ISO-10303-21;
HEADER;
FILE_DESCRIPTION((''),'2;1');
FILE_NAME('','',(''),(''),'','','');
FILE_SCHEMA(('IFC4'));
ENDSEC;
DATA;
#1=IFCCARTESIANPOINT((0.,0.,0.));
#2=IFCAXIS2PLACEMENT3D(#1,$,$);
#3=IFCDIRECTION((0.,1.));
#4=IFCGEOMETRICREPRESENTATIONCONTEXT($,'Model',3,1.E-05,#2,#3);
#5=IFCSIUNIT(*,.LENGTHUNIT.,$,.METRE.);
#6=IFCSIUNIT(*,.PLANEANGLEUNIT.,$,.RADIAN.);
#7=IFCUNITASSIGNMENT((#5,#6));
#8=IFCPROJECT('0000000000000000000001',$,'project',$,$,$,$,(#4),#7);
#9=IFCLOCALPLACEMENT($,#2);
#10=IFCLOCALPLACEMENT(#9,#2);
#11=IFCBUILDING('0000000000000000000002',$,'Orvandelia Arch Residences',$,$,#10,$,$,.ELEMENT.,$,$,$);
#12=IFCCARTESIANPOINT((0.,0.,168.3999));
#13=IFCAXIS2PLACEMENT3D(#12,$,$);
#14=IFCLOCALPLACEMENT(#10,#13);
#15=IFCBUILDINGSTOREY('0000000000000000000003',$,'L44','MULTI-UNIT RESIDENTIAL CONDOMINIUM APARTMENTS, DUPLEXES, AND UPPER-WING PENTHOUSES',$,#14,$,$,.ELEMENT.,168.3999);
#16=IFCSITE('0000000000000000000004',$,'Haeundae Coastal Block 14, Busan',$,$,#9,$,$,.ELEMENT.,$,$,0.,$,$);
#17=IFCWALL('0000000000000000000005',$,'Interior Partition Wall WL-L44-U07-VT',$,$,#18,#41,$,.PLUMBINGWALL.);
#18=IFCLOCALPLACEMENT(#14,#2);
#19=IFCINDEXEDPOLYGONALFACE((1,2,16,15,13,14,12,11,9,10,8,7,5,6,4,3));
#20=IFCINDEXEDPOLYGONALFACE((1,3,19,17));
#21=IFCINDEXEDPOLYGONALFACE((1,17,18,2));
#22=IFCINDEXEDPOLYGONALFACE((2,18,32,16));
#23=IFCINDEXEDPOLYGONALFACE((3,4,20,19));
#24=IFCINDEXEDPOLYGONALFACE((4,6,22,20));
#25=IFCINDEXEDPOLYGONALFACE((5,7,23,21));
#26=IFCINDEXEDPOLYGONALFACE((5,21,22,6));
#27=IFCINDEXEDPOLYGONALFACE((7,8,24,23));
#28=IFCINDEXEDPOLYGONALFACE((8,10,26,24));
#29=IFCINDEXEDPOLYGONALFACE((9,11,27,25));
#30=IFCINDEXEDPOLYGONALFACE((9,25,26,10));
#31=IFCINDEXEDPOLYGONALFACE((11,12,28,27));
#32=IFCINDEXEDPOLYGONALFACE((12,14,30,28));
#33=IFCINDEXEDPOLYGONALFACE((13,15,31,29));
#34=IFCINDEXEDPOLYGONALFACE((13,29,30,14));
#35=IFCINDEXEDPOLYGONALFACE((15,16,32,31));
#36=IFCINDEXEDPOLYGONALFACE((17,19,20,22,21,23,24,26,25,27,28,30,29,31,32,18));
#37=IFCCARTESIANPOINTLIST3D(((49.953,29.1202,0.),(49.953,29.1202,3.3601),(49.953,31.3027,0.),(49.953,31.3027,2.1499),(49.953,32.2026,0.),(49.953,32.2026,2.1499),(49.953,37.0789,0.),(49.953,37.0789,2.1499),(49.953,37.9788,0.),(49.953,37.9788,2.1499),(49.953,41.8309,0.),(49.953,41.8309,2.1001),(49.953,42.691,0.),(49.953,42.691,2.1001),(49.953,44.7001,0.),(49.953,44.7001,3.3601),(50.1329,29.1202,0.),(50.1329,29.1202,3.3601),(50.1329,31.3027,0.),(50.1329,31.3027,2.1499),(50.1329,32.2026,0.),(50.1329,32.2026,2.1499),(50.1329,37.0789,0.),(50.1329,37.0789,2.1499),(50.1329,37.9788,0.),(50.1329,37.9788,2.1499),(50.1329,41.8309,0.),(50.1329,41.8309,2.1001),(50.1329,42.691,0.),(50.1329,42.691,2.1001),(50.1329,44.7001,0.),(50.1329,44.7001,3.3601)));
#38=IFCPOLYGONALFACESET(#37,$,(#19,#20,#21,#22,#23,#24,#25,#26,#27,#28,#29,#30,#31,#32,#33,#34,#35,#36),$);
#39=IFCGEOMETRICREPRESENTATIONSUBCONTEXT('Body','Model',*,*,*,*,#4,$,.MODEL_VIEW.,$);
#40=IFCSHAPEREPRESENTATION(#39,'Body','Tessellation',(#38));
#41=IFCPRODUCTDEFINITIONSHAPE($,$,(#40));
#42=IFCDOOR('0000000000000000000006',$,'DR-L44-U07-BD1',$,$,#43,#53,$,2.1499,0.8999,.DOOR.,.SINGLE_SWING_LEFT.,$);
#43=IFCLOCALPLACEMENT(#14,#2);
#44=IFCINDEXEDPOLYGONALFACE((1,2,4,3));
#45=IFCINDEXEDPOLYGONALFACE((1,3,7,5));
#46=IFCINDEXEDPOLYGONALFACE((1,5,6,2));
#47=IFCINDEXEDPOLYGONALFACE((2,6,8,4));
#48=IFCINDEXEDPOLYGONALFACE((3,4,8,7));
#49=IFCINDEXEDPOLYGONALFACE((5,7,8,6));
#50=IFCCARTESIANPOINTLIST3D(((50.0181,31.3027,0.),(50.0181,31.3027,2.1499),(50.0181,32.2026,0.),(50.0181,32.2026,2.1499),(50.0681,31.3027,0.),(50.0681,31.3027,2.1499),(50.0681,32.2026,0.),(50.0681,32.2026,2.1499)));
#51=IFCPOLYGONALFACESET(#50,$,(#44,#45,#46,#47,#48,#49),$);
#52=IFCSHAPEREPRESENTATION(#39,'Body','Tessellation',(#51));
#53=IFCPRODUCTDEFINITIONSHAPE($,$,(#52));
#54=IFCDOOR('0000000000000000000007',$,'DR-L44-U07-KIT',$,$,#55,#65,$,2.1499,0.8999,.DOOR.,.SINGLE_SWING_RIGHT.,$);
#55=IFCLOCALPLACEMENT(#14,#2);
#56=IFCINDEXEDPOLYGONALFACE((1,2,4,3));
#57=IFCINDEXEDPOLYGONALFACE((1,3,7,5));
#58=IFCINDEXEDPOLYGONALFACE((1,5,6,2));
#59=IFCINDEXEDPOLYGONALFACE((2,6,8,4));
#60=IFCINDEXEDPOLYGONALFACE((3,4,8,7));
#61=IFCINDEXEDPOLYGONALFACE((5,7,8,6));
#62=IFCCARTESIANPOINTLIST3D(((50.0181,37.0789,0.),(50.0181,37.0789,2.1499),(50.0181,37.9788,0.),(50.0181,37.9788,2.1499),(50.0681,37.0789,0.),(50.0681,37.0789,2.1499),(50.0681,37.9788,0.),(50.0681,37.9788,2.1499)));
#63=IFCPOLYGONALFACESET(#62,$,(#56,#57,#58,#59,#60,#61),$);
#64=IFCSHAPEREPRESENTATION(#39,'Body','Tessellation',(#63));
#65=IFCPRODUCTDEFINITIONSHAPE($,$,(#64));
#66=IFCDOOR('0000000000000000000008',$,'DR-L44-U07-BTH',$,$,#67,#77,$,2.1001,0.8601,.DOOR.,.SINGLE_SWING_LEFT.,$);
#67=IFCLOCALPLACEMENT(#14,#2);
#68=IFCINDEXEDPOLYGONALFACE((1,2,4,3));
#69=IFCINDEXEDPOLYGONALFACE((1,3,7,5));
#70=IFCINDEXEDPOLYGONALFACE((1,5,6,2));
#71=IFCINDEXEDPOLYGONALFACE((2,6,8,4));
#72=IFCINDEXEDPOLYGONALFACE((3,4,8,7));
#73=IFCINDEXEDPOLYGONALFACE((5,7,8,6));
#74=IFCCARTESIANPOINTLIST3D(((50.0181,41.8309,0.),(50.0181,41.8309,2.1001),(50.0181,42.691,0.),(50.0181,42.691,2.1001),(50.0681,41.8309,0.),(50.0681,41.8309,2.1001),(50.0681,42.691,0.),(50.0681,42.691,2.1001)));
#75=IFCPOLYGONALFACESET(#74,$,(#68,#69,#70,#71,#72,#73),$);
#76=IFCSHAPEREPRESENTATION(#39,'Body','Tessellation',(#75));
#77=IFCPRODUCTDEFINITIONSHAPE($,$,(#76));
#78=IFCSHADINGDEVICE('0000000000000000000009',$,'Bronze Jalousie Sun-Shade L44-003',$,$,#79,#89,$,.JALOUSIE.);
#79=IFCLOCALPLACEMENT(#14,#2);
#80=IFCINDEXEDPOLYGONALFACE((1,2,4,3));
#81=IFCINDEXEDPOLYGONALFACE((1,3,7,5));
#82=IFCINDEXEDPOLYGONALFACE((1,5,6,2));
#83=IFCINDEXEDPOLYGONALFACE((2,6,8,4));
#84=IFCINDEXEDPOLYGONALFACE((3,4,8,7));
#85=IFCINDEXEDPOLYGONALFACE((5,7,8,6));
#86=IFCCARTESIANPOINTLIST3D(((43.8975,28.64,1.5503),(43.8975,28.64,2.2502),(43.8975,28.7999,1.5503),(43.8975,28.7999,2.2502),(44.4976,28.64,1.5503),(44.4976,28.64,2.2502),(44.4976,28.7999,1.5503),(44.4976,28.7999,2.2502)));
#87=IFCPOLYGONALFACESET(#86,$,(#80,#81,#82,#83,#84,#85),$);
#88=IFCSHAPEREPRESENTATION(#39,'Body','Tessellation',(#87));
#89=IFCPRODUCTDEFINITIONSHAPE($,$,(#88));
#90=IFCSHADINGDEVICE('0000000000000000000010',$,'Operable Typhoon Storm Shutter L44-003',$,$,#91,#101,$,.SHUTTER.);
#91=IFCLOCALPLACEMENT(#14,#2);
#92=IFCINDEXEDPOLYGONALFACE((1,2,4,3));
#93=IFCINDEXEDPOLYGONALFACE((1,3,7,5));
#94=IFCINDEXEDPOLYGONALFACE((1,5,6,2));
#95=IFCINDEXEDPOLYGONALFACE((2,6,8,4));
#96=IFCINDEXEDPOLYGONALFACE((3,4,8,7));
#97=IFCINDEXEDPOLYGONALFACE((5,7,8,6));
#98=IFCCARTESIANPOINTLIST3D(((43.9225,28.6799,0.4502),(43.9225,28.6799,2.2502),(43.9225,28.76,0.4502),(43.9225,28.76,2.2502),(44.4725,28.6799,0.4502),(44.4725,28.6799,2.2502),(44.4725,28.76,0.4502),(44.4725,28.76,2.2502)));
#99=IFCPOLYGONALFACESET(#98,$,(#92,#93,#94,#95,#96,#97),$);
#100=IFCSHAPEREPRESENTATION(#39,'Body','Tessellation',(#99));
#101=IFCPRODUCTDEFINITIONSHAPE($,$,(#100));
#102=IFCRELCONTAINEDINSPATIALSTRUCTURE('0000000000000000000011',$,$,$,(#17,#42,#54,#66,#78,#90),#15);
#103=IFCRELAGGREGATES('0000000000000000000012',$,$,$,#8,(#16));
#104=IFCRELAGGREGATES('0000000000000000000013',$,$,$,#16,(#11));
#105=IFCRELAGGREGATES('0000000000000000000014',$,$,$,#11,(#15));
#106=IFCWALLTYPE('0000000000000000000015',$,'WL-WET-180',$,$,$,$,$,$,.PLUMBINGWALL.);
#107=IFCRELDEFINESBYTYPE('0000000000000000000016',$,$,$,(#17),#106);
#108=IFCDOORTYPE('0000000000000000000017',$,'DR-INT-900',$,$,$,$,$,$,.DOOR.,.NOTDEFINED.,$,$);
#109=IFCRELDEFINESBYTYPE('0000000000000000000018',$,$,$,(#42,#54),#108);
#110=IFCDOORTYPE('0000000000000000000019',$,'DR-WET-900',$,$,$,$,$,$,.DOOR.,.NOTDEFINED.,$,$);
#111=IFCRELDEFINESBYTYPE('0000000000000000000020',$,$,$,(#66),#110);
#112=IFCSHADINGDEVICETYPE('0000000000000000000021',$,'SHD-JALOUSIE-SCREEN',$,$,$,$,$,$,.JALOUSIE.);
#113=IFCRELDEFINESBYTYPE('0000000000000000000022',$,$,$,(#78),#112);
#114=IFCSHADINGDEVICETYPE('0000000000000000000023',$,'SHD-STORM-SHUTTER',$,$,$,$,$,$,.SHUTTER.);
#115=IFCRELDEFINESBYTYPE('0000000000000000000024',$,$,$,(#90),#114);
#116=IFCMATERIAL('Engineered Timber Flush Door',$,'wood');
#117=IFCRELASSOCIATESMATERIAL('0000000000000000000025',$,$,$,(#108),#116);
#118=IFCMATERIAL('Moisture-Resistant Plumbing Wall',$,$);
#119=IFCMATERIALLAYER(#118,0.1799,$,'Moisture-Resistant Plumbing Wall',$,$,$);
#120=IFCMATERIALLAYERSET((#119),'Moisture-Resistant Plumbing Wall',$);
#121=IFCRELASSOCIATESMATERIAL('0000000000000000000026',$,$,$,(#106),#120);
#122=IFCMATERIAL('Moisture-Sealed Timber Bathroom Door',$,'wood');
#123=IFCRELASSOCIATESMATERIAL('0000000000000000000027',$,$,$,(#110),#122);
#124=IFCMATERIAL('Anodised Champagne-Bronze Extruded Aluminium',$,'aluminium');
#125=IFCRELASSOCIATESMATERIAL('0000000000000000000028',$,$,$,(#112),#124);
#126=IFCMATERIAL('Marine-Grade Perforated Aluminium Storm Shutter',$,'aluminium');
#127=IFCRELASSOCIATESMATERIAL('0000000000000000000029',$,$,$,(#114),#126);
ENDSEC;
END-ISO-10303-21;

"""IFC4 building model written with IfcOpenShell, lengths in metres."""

from ifc_helpers import new_model, si_unit, direction, frame, frame_2d, origin, origin_2d, place, context, subcontext, project, spatial, rectangle, extrude, material, layer, layer_set, type_object, element, fill, save


model = new_model("IFC4")

# Units and contexts
model_context = context("Model", 3, precision=1e-05, world=origin(), true_north=direction((0.0, 1.0)))
body_context = subcontext(model_context, "Body", "Model", "MODEL_VIEW")
ifc_project = project(units=[si_unit("LENGTHUNIT", "METRE"), si_unit("PLANEANGLEUNIT", "RADIAN")], contexts=[model_context])

# Site, building, storey
site_placement = place(None, origin())
site = spatial("IfcSite", under=ifc_project, at=site_placement, Name="Haeundae Coastal Block 14, Busan", CompositionType="ELEMENT", RefElevation=0.0)
building_placement = place(site_placement, origin())
building = spatial("IfcBuilding", under=site, at=building_placement, Name="Orvandelia Arch Residences", CompositionType="ELEMENT")
storey_placement = place(building_placement, frame((0.0, 0.0, 168.3999)))
storey = spatial("IfcBuildingStorey", under=building, at=storey_placement, Name="L44", Description="MULTI-UNIT RESIDENTIAL CONDOMINIUM APARTMENTS, DUPLEXES, AND UPPER-WING PENTHOUSES", CompositionType="ELEMENT", Elevation=168.3999)

# Shared definitions
ifc_material_1 = material(Name="Engineered Timber Flush Door", Category="wood")
door_type_1 = type_object("IfcDoorType", Name="DR-INT-900", OperationType="NOTDEFINED", PredefinedType="DOOR", material=ifc_material_1)

# Wall, openings, doors
ifc_material_2 = material(Name="Moisture-Resistant Plumbing Wall")
ifc_layer_1 = layer(ifc_material_2, 0.1799, Name="Moisture-Resistant Plumbing Wall")
ifc_layer_set_1 = layer_set([ifc_layer_1], Name="Moisture-Resistant Plumbing Wall")
wall_type_1 = type_object("IfcWallType", Name="WL-WET-180", PredefinedType="PLUMBINGWALL", material=ifc_layer_set_1)
wall_1_placement = place(storey_placement, frame((50.043, 29.1201, 0.0), z_axis=(0.0, 0.0, 1.0), x_axis=(0.0, 1.0, 0.0)))
wall_1 = element("IfcWall", 1, at=wall_1_placement, inside=storey, type_object=wall_type_1, Name="Interior Partition Wall WL-L44-U07-VT", PredefinedType="PLUMBINGWALL", context=body_context, shape_type="SweptSolid", body=[
    extrude(rectangle(XDim=15.5798, YDim=0.1799, at=frame_2d((7.79, 0.0))), origin(), (0.0, 0.0, 1.0), 3.3601),
])
opening_1_placement = place(wall_1_placement, frame((2.1826, 0.0, 0.0)))
opening_1 = element("IfcOpeningElement", 2, at=opening_1_placement, cuts=wall_1, PredefinedType="OPENING", context=body_context, shape_type="SweptSolid", body=[
    extrude(rectangle(XDim=0.8999, YDim=2.1499, at=frame_2d((0.45, 1.075))), frame((0.0, 0.1001, 0.0), z_axis=(0.0, -1.0, 0.0), x_axis=(1.0, 0.0, 0.0)), (0.0, 0.0, 1.0), 0.2),
])
opening_2_placement = place(wall_1_placement, frame((7.9587, 0.0, 0.0)))
opening_2 = element("IfcOpeningElement", 3, at=opening_2_placement, cuts=wall_1, PredefinedType="OPENING", context=body_context, shape_type="SweptSolid", body=[
    extrude(rectangle(XDim=0.8999, YDim=2.1499, at=frame_2d((0.45, 1.075))), frame((0.0, 0.1001, 0.0), z_axis=(0.0, -1.0, 0.0), x_axis=(1.0, 0.0, 0.0)), (0.0, 0.0, 1.0), 0.2),
])
opening_3_placement = place(wall_1_placement, frame((12.7107, 0.0, 0.0)))
opening_3 = element("IfcOpeningElement", 4, at=opening_3_placement, cuts=wall_1, PredefinedType="OPENING", context=body_context, shape_type="SweptSolid", body=[
    extrude(rectangle(XDim=0.8601, YDim=2.1001, at=frame_2d((0.4302, 1.05))), frame((0.0, 0.1001, 0.0), z_axis=(0.0, -1.0, 0.0), x_axis=(1.0, 0.0, 0.0)), (0.0, 0.0, 1.0), 0.2),
])
door_1_placement = place(opening_1_placement, origin())
door_1 = element("IfcDoor", 5, at=door_1_placement, inside=storey, type_object=door_type_1, Name="DR-L44-U07-BD1", OperationType="SINGLE_SWING_LEFT", OverallHeight=2.1499, OverallWidth=0.8999, PredefinedType="DOOR", context=body_context, shape_type="SweptSolid", body=[
    extrude(rectangle(XDim=0.8999, YDim=2.1499, at=frame_2d((0.45, 1.075))), frame((0.0, 0.0249, 0.0), z_axis=(0.0, -1.0, 0.0), x_axis=(1.0, 0.0, 0.0)), (0.0, 0.0, 1.0), 0.05),
])
fill(opening_1, door_1)
door_2_placement = place(opening_2_placement, origin())
door_2 = element("IfcDoor", 6, at=door_2_placement, inside=storey, type_object=door_type_1, Name="DR-L44-U07-KIT", OperationType="SINGLE_SWING_RIGHT", OverallHeight=2.1499, OverallWidth=0.8999, PredefinedType="DOOR", context=body_context, shape_type="SweptSolid", body=[
    extrude(rectangle(XDim=0.8999, YDim=2.1499, at=frame_2d((0.45, 1.075))), frame((0.0, 0.0249, 0.0), z_axis=(0.0, -1.0, 0.0), x_axis=(1.0, 0.0, 0.0)), (0.0, 0.0, 1.0), 0.05),
])
fill(opening_2, door_2)
ifc_material_3 = material(Name="Moisture-Sealed Timber Bathroom Door", Category="wood")
door_type_2 = type_object("IfcDoorType", Name="DR-WET-900", OperationType="NOTDEFINED", PredefinedType="DOOR", material=ifc_material_3)
door_3_placement = place(opening_3_placement, origin())
door_3 = element("IfcDoor", 7, at=door_3_placement, inside=storey, type_object=door_type_2, Name="DR-L44-U07-BTH", OperationType="SINGLE_SWING_LEFT", OverallHeight=2.1001, OverallWidth=0.8601, PredefinedType="DOOR", context=body_context, shape_type="SweptSolid", body=[
    extrude(rectangle(XDim=0.8601, YDim=2.1001, at=frame_2d((0.4302, 1.05))), frame((0.0, 0.0249, 0.0), z_axis=(0.0, -1.0, 0.0), x_axis=(1.0, 0.0, 0.0)), (0.0, 0.0, 1.0), 0.05),
])
fill(opening_3, door_3)

# Shading devices
ifc_material_4 = material(Name="Anodised Champagne-Bronze Extruded Aluminium", Category="aluminium")
shading_device_type_1 = type_object("IfcShadingDeviceType", Name="SHD-JALOUSIE-SCREEN", PredefinedType="JALOUSIE", material=ifc_material_4)
shading_device_1_placement = place(storey_placement, frame((44.1975, 28.72, 1.5503), z_axis=(0.0, 0.0, 1.0), x_axis=(-1.0, 0.0, 0.0)))
element("IfcShadingDevice", 8, at=shading_device_1_placement, inside=storey, type_object=shading_device_type_1, Name="Bronze Jalousie Sun-Shade L44-003", PredefinedType="JALOUSIE", context=body_context, shape_type="SweptSolid", body=[
    extrude(rectangle(XDim=0.6001, YDim=0.1599, at=origin_2d()), origin(), (0.0, 0.0, 1.0), 0.7),
])
ifc_material_5 = material(Name="Marine-Grade Perforated Aluminium Storm Shutter", Category="aluminium")
shading_device_type_2 = type_object("IfcShadingDeviceType", Name="SHD-STORM-SHUTTER", PredefinedType="SHUTTER", material=ifc_material_5)
shading_device_2_placement = place(storey_placement, frame((44.1975, 28.72, 0.4502), z_axis=(0.0, 0.0, 1.0), x_axis=(-1.0, 0.0, 0.0)))
element("IfcShadingDevice", 9, at=shading_device_2_placement, inside=storey, type_object=shading_device_type_2, Name="Operable Typhoon Storm Shutter L44-003", PredefinedType="SHUTTER", context=body_context, shape_type="SweptSolid", body=[
    extrude(rectangle(XDim=0.55, YDim=0.0801, at=origin_2d()), origin(), (0.0, 0.0, 1.0), 1.8),
])

save(model, "model.ifc")
